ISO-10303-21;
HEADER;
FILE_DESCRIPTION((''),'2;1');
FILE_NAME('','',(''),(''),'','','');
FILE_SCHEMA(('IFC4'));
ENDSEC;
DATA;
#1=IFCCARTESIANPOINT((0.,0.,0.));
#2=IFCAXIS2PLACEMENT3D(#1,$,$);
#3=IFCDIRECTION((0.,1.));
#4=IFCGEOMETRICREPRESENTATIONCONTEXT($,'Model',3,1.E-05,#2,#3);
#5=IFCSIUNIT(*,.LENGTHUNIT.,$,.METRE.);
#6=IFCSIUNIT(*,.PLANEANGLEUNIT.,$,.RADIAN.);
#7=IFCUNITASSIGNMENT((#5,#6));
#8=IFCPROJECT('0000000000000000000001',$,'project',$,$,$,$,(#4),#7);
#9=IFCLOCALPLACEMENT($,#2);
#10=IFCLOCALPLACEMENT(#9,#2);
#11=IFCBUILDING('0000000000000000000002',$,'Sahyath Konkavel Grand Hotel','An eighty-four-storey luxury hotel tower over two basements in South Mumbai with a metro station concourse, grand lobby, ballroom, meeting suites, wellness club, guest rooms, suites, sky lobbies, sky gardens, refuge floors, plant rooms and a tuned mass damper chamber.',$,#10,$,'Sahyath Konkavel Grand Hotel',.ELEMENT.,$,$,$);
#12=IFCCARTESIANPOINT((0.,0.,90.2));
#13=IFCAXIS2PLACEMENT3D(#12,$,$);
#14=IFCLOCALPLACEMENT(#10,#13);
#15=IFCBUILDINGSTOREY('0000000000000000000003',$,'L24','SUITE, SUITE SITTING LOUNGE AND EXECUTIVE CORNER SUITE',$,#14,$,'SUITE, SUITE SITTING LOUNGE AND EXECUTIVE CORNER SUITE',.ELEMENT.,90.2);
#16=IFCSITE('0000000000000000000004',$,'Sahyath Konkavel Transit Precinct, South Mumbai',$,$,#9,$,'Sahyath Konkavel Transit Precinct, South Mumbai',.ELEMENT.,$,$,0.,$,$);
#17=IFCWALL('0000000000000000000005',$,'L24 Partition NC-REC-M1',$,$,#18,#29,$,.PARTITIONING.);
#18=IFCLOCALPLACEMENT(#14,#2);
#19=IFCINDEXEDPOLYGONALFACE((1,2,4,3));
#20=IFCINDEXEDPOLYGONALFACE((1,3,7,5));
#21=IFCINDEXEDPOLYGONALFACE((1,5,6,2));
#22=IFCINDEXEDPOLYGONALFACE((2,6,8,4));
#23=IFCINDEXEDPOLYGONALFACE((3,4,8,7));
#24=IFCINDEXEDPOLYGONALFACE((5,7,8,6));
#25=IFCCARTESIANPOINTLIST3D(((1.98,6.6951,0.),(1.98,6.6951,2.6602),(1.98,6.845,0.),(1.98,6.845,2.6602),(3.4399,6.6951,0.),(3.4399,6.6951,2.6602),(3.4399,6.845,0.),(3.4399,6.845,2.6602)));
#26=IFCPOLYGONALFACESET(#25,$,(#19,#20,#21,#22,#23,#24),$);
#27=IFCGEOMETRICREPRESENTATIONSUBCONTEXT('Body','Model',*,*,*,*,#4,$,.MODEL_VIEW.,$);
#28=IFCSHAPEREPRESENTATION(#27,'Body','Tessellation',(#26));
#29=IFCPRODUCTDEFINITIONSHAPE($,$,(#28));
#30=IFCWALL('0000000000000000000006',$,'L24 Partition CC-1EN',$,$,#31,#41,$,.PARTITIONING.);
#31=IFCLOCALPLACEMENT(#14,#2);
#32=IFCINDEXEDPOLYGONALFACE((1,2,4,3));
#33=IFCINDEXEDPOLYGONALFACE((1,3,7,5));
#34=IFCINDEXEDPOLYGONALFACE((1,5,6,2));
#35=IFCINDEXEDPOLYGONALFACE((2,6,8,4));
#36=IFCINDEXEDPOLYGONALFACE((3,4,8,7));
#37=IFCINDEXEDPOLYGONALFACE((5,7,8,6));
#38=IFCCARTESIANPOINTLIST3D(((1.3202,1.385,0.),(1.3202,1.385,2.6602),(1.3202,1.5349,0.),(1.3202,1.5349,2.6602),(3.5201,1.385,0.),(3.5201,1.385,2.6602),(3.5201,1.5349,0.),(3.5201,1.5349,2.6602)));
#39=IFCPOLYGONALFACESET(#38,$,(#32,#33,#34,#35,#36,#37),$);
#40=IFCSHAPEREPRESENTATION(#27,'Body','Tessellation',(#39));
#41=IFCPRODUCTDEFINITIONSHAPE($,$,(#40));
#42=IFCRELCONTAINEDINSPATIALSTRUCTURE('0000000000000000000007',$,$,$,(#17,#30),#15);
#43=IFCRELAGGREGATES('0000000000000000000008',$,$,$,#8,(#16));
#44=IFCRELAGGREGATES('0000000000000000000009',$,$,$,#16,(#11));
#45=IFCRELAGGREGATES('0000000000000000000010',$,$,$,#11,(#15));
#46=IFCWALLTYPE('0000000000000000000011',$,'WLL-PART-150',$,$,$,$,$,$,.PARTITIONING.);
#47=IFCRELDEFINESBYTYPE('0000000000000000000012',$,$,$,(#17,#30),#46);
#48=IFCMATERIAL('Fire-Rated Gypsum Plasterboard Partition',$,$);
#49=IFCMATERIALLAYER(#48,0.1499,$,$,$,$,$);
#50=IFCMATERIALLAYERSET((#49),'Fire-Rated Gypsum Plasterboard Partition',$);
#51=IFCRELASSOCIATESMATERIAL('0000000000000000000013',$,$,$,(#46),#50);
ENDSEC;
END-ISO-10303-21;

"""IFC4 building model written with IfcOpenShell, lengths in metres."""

from ifc_helpers import new_model, si_unit, direction, frame, frame_2d, origin, place, context, subcontext, project, spatial, rectangle, extrude, material, layer, layer_set, type_object, element, save


model = new_model("IFC4")

# Units and contexts
model_context = context("Model", 3, precision=1e-05, world=origin(), true_north=direction((0.0, 1.0)))
body_context = subcontext(model_context, "Body", "Model", "MODEL_VIEW")
ifc_project = project(units=[si_unit("LENGTHUNIT", "METRE"), si_unit("PLANEANGLEUNIT", "RADIAN")], contexts=[model_context])

# Site, building, storey
site_placement = place(None, origin())
site = spatial("IfcSite", under=ifc_project, at=site_placement, Name="Sahyath Konkavel Transit Precinct, South Mumbai", LongName="Sahyath Konkavel Transit Precinct, South Mumbai", CompositionType="ELEMENT", RefElevation=0.0)
building_placement = place(site_placement, origin())
building = spatial("IfcBuilding", under=site, at=building_placement, Name="Sahyath Konkavel Grand Hotel", Description="An eighty-four-storey luxury hotel tower over two basements in South Mumbai with a metro station concourse, grand lobby, ballroom, meeting suites, wellness club, guest rooms, suites, sky lobbies, sky gardens, refuge floors, plant rooms and a tuned mass damper chamber.", LongName="Sahyath Konkavel Grand Hotel", CompositionType="ELEMENT")
storey_placement = place(building_placement, frame((0.0, 0.0, 90.2)))
storey = spatial("IfcBuildingStorey", under=building, at=storey_placement, Name="L24", Description="SUITE, SUITE SITTING LOUNGE AND EXECUTIVE CORNER SUITE", LongName="SUITE, SUITE SITTING LOUNGE AND EXECUTIVE CORNER SUITE", CompositionType="ELEMENT", Elevation=90.2)

# Walls
ifc_material_1 = material(Name="Fire-Rated Gypsum Plasterboard Partition")
ifc_layer_1 = layer(ifc_material_1, 0.1499)
ifc_layer_set_1 = layer_set([ifc_layer_1], Name="Fire-Rated Gypsum Plasterboard Partition")
wall_type_1 = type_object("IfcWallType", Name="WLL-PART-150", PredefinedType="PARTITIONING", material=ifc_layer_set_1)
wall_1_placement = place(storey_placement, frame((1.98, 6.77, 0.0), z_axis=(0.0, 0.0, 1.0), x_axis=(1.0, 0.0, 0.0)))
element("IfcWall", 1, at=wall_1_placement, inside=storey, type_object=wall_type_1, Name="L24 Partition NC-REC-M1", PredefinedType="PARTITIONING", context=body_context, shape_type="SweptSolid", body=[
    extrude(rectangle(XDim=1.46, YDim=0.1499, at=frame_2d((0.73, 0.0))), origin(), (0.0, 0.0, 1.0), 2.6602),
])
wall_2_placement = place(storey_placement, frame((1.3201, 1.46, 0.0), z_axis=(0.0, 0.0, 1.0), x_axis=(1.0, 0.0, 0.0)))
element("IfcWall", 2, at=wall_2_placement, inside=storey, type_object=wall_type_1, Name="L24 Partition CC-1EN", PredefinedType="PARTITIONING", context=body_context, shape_type="SweptSolid", body=[
    extrude(rectangle(XDim=2.2, YDim=0.1499, at=frame_2d((1.1001, 0.0))), origin(), (0.0, 0.0, 1.0), 2.6602),
])

save(model, "model.ifc")
